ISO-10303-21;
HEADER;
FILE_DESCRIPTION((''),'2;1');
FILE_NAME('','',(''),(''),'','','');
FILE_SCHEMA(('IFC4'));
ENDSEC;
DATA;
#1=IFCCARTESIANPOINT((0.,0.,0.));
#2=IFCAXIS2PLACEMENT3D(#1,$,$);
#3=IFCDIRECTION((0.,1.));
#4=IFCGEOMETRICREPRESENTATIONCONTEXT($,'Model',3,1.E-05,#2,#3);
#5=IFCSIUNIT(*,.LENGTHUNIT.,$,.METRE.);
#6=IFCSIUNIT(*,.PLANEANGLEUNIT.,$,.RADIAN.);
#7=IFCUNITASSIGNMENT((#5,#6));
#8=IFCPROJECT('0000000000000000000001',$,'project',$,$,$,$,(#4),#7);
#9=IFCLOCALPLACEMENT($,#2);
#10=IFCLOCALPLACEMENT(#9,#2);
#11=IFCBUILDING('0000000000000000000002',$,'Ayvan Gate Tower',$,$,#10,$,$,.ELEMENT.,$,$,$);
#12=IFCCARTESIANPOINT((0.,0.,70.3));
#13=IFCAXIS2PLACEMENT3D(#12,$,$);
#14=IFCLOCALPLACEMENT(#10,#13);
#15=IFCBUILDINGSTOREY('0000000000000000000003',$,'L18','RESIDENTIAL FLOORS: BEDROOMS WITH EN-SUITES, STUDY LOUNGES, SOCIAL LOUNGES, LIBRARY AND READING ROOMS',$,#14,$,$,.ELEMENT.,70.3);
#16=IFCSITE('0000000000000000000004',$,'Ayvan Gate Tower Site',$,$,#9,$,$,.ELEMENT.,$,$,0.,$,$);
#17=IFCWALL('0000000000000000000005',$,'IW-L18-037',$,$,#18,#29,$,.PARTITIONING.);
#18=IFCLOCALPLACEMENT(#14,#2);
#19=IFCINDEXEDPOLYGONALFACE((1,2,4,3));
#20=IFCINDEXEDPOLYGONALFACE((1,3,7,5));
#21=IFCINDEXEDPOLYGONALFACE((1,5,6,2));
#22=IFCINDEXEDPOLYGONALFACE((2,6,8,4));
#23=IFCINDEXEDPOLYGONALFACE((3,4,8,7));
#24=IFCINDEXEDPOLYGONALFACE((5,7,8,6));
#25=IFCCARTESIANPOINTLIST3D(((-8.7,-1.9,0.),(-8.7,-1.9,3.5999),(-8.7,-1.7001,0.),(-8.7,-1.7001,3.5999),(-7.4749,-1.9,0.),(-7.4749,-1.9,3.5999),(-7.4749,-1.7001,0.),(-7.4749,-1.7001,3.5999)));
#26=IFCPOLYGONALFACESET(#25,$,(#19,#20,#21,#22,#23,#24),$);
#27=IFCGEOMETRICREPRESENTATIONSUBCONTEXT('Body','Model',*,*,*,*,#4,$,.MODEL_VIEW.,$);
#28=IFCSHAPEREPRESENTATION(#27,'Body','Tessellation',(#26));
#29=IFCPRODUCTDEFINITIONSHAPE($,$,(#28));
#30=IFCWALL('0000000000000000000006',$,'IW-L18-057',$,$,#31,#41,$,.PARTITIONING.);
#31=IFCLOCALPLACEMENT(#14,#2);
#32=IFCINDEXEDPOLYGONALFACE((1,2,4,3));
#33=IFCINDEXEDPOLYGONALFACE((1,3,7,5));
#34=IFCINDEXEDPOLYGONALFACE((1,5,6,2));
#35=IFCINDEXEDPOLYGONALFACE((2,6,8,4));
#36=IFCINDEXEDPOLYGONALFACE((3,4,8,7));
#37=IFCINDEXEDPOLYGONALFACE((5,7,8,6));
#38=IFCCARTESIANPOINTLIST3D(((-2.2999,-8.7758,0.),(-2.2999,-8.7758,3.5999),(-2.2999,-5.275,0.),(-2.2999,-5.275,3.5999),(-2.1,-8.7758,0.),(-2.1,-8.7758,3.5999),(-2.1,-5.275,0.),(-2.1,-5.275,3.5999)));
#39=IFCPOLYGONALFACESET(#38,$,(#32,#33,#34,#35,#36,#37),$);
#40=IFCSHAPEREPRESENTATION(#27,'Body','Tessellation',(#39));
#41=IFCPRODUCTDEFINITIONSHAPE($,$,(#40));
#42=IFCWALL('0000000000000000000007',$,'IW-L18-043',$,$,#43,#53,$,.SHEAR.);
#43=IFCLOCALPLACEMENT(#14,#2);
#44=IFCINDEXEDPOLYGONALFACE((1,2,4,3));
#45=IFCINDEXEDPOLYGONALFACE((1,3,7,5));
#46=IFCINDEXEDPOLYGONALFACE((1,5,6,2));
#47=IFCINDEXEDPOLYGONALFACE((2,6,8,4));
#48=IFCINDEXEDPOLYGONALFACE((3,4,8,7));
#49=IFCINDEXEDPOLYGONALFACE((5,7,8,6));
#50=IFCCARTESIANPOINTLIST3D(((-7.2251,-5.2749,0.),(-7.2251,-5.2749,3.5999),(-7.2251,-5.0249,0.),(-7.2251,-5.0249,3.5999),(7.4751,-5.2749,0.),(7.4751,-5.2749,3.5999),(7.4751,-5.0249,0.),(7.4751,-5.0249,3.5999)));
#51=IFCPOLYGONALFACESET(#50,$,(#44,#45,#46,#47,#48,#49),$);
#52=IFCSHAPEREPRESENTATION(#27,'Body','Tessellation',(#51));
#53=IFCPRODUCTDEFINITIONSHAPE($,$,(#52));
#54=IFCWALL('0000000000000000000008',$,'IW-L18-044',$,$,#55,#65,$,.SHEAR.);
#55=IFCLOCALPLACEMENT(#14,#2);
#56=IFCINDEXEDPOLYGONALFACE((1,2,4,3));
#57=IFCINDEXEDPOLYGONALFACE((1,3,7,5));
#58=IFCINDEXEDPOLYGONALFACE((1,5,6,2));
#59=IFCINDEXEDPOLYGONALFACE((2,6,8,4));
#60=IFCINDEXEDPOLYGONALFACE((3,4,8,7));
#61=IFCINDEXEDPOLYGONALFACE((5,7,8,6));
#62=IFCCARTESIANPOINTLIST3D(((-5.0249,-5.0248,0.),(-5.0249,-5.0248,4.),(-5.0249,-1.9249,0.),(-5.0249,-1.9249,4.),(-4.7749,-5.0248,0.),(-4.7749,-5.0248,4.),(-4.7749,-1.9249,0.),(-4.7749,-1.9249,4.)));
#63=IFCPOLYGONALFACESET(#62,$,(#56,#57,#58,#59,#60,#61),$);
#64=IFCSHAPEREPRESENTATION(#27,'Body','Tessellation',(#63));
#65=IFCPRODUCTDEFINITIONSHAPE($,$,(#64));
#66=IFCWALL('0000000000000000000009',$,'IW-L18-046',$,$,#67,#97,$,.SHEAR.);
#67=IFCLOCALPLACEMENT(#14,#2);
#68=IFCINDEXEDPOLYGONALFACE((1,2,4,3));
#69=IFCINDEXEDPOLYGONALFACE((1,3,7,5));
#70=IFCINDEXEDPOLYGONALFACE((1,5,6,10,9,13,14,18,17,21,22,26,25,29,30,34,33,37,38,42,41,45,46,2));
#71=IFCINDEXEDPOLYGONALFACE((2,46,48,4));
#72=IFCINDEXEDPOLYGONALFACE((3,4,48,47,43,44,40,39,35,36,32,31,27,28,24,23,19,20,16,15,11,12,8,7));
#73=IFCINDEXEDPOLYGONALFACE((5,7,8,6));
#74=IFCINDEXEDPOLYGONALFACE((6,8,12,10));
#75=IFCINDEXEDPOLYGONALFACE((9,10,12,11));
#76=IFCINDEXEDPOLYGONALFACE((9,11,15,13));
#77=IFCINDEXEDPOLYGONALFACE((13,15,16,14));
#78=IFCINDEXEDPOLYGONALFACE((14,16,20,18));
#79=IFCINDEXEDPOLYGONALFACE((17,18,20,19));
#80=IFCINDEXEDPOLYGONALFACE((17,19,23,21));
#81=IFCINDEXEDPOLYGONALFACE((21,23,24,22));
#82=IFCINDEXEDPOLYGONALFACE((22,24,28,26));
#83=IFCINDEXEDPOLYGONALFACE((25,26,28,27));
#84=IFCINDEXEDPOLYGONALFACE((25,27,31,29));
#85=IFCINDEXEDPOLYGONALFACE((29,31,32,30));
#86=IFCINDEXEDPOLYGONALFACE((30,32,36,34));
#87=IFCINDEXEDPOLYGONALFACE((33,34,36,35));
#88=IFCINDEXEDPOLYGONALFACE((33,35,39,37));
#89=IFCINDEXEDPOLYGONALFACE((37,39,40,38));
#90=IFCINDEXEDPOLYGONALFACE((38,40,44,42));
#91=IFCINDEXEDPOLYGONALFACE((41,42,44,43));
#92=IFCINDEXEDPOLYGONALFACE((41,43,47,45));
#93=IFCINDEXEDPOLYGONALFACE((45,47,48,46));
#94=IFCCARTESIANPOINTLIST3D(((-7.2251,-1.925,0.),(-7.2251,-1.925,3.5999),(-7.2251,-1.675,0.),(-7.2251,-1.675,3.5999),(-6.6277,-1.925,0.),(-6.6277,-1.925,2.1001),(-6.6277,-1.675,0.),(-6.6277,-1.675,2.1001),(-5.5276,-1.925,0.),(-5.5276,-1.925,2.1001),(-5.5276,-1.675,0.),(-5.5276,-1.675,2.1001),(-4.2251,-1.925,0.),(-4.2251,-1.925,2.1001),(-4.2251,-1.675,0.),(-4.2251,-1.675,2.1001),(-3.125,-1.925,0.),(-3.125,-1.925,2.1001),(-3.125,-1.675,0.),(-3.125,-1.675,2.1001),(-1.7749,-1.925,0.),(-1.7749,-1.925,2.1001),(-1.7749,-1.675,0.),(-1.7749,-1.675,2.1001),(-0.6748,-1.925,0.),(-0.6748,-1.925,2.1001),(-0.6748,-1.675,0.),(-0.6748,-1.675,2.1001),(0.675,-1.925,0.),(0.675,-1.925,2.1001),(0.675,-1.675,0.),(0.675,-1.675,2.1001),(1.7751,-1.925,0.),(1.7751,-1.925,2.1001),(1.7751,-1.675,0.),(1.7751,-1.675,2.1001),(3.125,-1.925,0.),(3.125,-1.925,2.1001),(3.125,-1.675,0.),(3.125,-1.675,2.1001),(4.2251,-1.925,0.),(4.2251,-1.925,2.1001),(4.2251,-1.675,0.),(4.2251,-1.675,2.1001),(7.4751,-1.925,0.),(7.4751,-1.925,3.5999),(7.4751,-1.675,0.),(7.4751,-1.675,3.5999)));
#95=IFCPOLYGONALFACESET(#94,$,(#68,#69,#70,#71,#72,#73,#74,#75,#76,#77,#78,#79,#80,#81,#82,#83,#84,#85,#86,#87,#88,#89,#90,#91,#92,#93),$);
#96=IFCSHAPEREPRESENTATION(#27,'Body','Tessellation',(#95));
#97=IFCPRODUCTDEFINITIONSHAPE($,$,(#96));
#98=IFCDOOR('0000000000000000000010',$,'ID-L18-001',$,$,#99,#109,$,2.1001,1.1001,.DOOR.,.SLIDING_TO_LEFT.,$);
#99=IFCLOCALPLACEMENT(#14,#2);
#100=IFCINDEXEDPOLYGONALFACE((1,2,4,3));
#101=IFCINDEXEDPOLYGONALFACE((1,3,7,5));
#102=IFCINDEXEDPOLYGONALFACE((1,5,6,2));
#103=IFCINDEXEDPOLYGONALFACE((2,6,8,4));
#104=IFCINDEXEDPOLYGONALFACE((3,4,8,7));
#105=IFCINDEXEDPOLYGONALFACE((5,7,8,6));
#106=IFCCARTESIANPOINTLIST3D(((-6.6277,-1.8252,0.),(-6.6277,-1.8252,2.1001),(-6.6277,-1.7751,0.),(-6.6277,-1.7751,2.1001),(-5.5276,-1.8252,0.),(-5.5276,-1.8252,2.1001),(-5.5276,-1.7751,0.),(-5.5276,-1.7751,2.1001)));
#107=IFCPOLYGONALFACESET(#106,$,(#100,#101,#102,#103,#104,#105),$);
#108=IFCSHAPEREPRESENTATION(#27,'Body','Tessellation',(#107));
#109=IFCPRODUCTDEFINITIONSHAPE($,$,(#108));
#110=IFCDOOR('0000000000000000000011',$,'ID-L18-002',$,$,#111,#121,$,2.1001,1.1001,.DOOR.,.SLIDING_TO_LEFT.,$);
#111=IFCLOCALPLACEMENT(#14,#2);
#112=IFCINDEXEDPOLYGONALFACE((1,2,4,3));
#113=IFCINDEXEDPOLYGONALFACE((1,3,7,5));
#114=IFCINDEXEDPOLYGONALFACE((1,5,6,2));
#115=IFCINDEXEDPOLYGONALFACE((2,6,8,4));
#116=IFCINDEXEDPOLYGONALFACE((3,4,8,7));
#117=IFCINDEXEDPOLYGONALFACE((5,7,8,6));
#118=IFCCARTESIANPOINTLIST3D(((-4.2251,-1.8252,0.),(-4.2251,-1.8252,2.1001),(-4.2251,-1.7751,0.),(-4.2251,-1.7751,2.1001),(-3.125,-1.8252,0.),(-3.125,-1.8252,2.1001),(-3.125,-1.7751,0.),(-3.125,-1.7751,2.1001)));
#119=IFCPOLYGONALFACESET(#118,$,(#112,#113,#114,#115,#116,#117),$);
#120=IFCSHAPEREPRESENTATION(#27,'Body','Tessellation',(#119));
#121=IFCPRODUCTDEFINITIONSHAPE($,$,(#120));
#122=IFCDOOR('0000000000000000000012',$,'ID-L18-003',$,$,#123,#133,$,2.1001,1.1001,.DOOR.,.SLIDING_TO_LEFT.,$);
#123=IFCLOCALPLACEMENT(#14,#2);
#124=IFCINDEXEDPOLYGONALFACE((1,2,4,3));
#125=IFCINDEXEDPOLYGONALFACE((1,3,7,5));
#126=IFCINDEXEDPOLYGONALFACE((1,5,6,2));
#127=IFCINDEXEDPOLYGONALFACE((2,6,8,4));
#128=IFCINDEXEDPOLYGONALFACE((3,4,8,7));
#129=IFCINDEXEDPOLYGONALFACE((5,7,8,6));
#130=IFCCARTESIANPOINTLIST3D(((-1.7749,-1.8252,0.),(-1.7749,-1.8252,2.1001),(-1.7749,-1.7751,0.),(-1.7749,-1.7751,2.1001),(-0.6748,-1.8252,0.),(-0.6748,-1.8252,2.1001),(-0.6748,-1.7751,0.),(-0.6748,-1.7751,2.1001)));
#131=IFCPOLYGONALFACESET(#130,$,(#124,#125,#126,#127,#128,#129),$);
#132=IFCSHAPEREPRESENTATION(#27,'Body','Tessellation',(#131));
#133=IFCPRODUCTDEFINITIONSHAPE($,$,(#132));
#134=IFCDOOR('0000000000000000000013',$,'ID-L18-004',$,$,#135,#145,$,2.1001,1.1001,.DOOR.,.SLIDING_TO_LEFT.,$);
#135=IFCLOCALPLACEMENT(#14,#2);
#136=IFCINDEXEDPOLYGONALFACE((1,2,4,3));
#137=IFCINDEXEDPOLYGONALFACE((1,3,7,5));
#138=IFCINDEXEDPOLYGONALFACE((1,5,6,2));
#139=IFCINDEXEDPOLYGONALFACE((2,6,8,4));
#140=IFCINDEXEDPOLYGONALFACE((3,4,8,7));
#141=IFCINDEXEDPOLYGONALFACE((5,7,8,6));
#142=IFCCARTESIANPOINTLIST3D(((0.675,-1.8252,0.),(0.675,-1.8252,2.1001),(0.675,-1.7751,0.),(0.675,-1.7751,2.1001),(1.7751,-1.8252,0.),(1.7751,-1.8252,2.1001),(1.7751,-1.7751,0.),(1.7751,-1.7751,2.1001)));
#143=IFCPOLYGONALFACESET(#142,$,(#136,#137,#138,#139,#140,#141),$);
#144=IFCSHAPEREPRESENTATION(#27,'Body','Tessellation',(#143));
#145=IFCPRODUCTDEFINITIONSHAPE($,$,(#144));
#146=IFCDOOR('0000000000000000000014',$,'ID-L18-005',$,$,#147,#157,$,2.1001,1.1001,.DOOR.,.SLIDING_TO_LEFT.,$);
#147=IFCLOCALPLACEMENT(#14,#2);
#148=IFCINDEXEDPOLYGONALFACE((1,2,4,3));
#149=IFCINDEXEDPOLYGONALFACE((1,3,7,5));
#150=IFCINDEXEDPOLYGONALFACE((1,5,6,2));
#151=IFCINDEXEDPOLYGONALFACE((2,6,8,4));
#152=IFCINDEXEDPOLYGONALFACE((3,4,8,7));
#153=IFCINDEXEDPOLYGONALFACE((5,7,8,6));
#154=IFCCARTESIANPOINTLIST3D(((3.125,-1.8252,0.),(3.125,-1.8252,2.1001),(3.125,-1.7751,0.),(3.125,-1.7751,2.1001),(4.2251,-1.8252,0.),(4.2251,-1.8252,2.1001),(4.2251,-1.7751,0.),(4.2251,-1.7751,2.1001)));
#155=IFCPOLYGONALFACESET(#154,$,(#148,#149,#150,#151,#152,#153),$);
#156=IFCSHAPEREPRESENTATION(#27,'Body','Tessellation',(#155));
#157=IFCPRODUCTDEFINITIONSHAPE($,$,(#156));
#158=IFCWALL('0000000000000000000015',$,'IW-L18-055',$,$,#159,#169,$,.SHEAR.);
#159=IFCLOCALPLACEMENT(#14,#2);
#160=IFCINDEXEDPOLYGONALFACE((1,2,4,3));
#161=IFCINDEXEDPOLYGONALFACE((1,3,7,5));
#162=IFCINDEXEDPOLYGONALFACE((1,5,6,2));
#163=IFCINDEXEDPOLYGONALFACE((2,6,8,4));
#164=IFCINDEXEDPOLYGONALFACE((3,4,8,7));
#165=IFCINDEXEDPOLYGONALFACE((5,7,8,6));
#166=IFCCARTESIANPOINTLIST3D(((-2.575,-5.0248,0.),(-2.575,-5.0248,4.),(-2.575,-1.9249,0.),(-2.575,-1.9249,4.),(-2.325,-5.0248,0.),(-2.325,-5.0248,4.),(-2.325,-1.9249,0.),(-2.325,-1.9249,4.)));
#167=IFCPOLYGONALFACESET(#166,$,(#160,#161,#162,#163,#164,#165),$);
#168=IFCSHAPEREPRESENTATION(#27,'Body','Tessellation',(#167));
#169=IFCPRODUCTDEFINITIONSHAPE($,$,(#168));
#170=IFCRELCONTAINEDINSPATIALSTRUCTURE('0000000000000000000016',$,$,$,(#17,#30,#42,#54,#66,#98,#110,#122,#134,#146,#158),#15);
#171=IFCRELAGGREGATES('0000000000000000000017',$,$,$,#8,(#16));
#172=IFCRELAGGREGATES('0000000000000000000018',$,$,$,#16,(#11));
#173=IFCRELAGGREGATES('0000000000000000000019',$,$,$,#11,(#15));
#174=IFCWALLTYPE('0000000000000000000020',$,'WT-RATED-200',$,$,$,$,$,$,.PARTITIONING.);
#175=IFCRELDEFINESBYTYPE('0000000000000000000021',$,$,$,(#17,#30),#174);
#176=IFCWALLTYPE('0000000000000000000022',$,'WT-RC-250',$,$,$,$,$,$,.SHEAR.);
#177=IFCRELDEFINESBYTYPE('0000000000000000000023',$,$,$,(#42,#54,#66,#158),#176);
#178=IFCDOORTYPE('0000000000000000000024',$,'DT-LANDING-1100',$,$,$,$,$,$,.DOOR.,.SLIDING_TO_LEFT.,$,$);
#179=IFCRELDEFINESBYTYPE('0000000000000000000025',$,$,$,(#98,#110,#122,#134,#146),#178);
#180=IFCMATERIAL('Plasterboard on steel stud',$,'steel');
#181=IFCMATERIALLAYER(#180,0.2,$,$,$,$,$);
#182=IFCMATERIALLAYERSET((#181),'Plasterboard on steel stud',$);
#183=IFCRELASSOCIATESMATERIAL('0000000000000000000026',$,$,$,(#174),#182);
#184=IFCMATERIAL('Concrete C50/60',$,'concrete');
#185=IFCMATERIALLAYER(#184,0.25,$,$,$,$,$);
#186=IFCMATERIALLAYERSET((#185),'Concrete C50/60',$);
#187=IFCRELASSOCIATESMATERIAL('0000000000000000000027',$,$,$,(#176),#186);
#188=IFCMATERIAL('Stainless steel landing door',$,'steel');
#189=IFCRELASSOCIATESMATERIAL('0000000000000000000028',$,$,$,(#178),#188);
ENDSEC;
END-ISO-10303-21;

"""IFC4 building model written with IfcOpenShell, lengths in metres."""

from ifc_helpers import new_model, si_unit, direction, frame, frame_2d, origin, place, context, subcontext, project, spatial, rectangle, extrude, material, layer, layer_set, type_object, element, fill, save


model = new_model("IFC4")

# Units and contexts
model_context = context("Model", 3, precision=1e-05, world=origin(), true_north=direction((0.0, 1.0)))
body_context = subcontext(model_context, "Body", "Model", "MODEL_VIEW")
ifc_project = project(units=[si_unit("LENGTHUNIT", "METRE"), si_unit("PLANEANGLEUNIT", "RADIAN")], contexts=[model_context])

# Site, building, storey
site_placement = place(None, origin())
site = spatial("IfcSite", under=ifc_project, at=site_placement, Name="Ayvan Gate Tower Site", CompositionType="ELEMENT", RefElevation=0.0)
building_placement = place(site_placement, origin())
building = spatial("IfcBuilding", under=site, at=building_placement, Name="Ayvan Gate Tower", CompositionType="ELEMENT")
storey_placement = place(building_placement, frame((0.0, 0.0, 70.3)))
storey = spatial("IfcBuildingStorey", under=building, at=storey_placement, Name="L18", Description="RESIDENTIAL FLOORS: BEDROOMS WITH EN-SUITES, STUDY LOUNGES, SOCIAL LOUNGES, LIBRARY AND READING ROOMS", CompositionType="ELEMENT", Elevation=70.3)

# Walls
ifc_material_1 = material(Name="Plasterboard on steel stud", Category="steel")
ifc_layer_1 = layer(ifc_material_1, 0.2)
ifc_layer_set_1 = layer_set([ifc_layer_1], Name="Plasterboard on steel stud")
wall_type_1 = type_object("IfcWallType", Name="WT-RATED-200", PredefinedType="PARTITIONING", material=ifc_layer_set_1)
wall_1_placement = place(storey_placement, frame((-7.4749, -1.8, 0.0), z_axis=(0.0, 0.0, 1.0), x_axis=(-1.0, 0.0, 0.0)))
element("IfcWall", 1, at=wall_1_placement, inside=storey, type_object=wall_type_1, Name="IW-L18-037", PredefinedType="PARTITIONING", context=body_context, shape_type="SweptSolid", body=[
    extrude(rectangle(XDim=1.2251, YDim=0.2, at=frame_2d((0.6125, 0.0))), origin(), (0.0, 0.0, 1.0), 3.5999),
])
wall_2_placement = place(storey_placement, frame((-2.2, -5.2749, 0.0), z_axis=(0.0, 0.0, 1.0), x_axis=(0.0, -1.0, 0.0)))
element("IfcWall", 2, at=wall_2_placement, inside=storey, type_object=wall_type_1, Name="IW-L18-057", PredefinedType="PARTITIONING", context=body_context, shape_type="SweptSolid", body=[
    extrude(rectangle(XDim=3.5007, YDim=0.2, at=frame_2d((1.7505, 0.0))), origin(), (0.0, 0.0, 1.0), 3.5999),
])
ifc_material_2 = material(Name="Concrete C50/60", Category="concrete")
ifc_layer_2 = layer(ifc_material_2, 0.25)
ifc_layer_set_2 = layer_set([ifc_layer_2], Name="Concrete C50/60")
wall_type_2 = type_object("IfcWallType", Name="WT-RC-250", PredefinedType="SHEAR", material=ifc_layer_set_2)
wall_3_placement = place(storey_placement, frame((-7.2251, -5.1499, 0.0), z_axis=(0.0, 0.0, 1.0), x_axis=(1.0, 0.0, 0.0)))
element("IfcWall", 3, at=wall_3_placement, inside=storey, type_object=wall_type_2, Name="IW-L18-043", PredefinedType="SHEAR", context=body_context, shape_type="SweptSolid", body=[
    extrude(rectangle(XDim=14.7002, YDim=0.25, at=frame_2d((7.3501, 0.0))), origin(), (0.0, 0.0, 1.0), 3.5999),
])
wall_4_placement = place(storey_placement, frame((-4.8999, -1.925, 0.0), z_axis=(0.0, 0.0, 1.0), x_axis=(0.0, -1.0, 0.0)))
element("IfcWall", 4, at=wall_4_placement, inside=storey, type_object=wall_type_2, Name="IW-L18-044", PredefinedType="SHEAR", context=body_context, shape_type="SweptSolid", body=[
    extrude(rectangle(XDim=3.0999, YDim=0.25, at=frame_2d((1.5498, 0.0))), origin(), (0.0, 0.0, 1.0), 4.0),
])

# Wall, openings, doors
wall_5_placement = place(storey_placement, frame((-7.2251, -1.8, 0.0), z_axis=(0.0, 0.0, 1.0), x_axis=(1.0, 0.0, 0.0)))
wall_5 = element("IfcWall", 5, at=wall_5_placement, inside=storey, type_object=wall_type_2, Name="IW-L18-046", PredefinedType="SHEAR", context=body_context, shape_type="SweptSolid", body=[
    extrude(rectangle(XDim=14.7002, YDim=0.25, at=frame_2d((7.3501, 0.0))), origin(), (0.0, 0.0, 1.0), 3.5999),
])
opening_1_placement = place(wall_5_placement, frame((0.5974, 0.0, 0.0)))
opening_1 = element("IfcOpeningElement", 6, at=opening_1_placement, cuts=wall_5, PredefinedType="OPENING", context=body_context, shape_type="SweptSolid", body=[
    extrude(rectangle(XDim=1.1001, YDim=2.1001, at=frame_2d((0.55, 1.05))), frame((0.0, 0.135, 0.0), z_axis=(0.0, -1.0, 0.0), x_axis=(1.0, 0.0, 0.0)), (0.0, 0.0, 1.0), 0.27),
])
opening_2_placement = place(wall_5_placement, frame((3.0, 0.0, 0.0)))
opening_2 = element("IfcOpeningElement", 7, at=opening_2_placement, cuts=wall_5, PredefinedType="OPENING", context=body_context, shape_type="SweptSolid", body=[
    extrude(rectangle(XDim=1.1001, YDim=2.1001, at=frame_2d((0.55, 1.05))), frame((0.0, 0.135, 0.0), z_axis=(0.0, -1.0, 0.0), x_axis=(1.0, 0.0, 0.0)), (0.0, 0.0, 1.0), 0.27),
])
opening_3_placement = place(wall_5_placement, frame((5.4502, 0.0, 0.0)))
opening_3 = element("IfcOpeningElement", 8, at=opening_3_placement, cuts=wall_5, PredefinedType="OPENING", context=body_context, shape_type="SweptSolid", body=[
    extrude(rectangle(XDim=1.1001, YDim=2.1001, at=frame_2d((0.55, 1.05))), frame((0.0, 0.135, 0.0), z_axis=(0.0, -1.0, 0.0), x_axis=(1.0, 0.0, 0.0)), (0.0, 0.0, 1.0), 0.27),
])
opening_4_placement = place(wall_5_placement, frame((7.9001, 0.0, 0.0)))
opening_4 = element("IfcOpeningElement", 9, at=opening_4_placement, cuts=wall_5, PredefinedType="OPENING", context=body_context, shape_type="SweptSolid", body=[
    extrude(rectangle(XDim=1.1001, YDim=2.1001, at=frame_2d((0.55, 1.05))), frame((0.0, 0.135, 0.0), z_axis=(0.0, -1.0, 0.0), x_axis=(1.0, 0.0, 0.0)), (0.0, 0.0, 1.0), 0.27),
])
opening_5_placement = place(wall_5_placement, frame((10.3501, 0.0, 0.0)))
opening_5 = element("IfcOpeningElement", 10, at=opening_5_placement, cuts=wall_5, PredefinedType="OPENING", context=body_context, shape_type="SweptSolid", body=[
    extrude(rectangle(XDim=1.1001, YDim=2.1001, at=frame_2d((0.55, 1.05))), frame((0.0, 0.135, 0.0), z_axis=(0.0, -1.0, 0.0), x_axis=(1.0, 0.0, 0.0)), (0.0, 0.0, 1.0), 0.27),
])
ifc_material_3 = material(Name="Stainless steel landing door", Category="steel")
door_type_1 = type_object("IfcDoorType", Name="DT-LANDING-1100", OperationType="SLIDING_TO_LEFT", PredefinedType="DOOR", material=ifc_material_3)
door_1_placement = place(opening_1_placement, origin())
door_1 = element("IfcDoor", 11, at=door_1_placement, inside=storey, type_object=door_type_1, Name="ID-L18-001", OperationType="SLIDING_TO_LEFT", OverallHeight=2.1001, OverallWidth=1.1001, PredefinedType="DOOR", context=body_context, shape_type="SweptSolid", body=[
    extrude(rectangle(XDim=1.1001, YDim=2.1001, at=frame_2d((0.55, 1.05))), frame((0.0, 0.0249, 0.0), z_axis=(0.0, -1.0, 0.0), x_axis=(1.0, 0.0, 0.0)), (0.0, 0.0, 1.0), 0.05),
])
fill(opening_1, door_1)
door_2_placement = place(opening_2_placement, origin())
door_2 = element("IfcDoor", 12, at=door_2_placement, inside=storey, type_object=door_type_1, Name="ID-L18-002", OperationType="SLIDING_TO_LEFT", OverallHeight=2.1001, OverallWidth=1.1001, PredefinedType="DOOR", context=body_context, shape_type="SweptSolid", body=[
    extrude(rectangle(XDim=1.1001, YDim=2.1001, at=frame_2d((0.55, 1.05))), frame((0.0, 0.0249, 0.0), z_axis=(0.0, -1.0, 0.0), x_axis=(1.0, 0.0, 0.0)), (0.0, 0.0, 1.0), 0.05),
])
fill(opening_2, door_2)
door_3_placement = place(opening_3_placement, origin())
door_3 = element("IfcDoor", 13, at=door_3_placement, inside=storey, type_object=door_type_1, Name="ID-L18-003", OperationType="SLIDING_TO_LEFT", OverallHeight=2.1001, OverallWidth=1.1001, PredefinedType="DOOR", context=body_context, shape_type="SweptSolid", body=[
    extrude(rectangle(XDim=1.1001, YDim=2.1001, at=frame_2d((0.55, 1.05))), frame((0.0, 0.0249, 0.0), z_axis=(0.0, -1.0, 0.0), x_axis=(1.0, 0.0, 0.0)), (0.0, 0.0, 1.0), 0.05),
])
fill(opening_3, door_3)
door_4_placement = place(opening_4_placement, origin())
door_4 = element("IfcDoor", 14, at=door_4_placement, inside=storey, type_object=door_type_1, Name="ID-L18-004", OperationType="SLIDING_TO_LEFT", OverallHeight=2.1001, OverallWidth=1.1001, PredefinedType="DOOR", context=body_context, shape_type="SweptSolid", body=[
    extrude(rectangle(XDim=1.1001, YDim=2.1001, at=frame_2d((0.55, 1.05))), frame((0.0, 0.0249, 0.0), z_axis=(0.0, -1.0, 0.0), x_axis=(1.0, 0.0, 0.0)), (0.0, 0.0, 1.0), 0.05),
])
fill(opening_4, door_4)
door_5_placement = place(opening_5_placement, origin())
door_5 = element("IfcDoor", 15, at=door_5_placement, inside=storey, type_object=door_type_1, Name="ID-L18-005", OperationType="SLIDING_TO_LEFT", OverallHeight=2.1001, OverallWidth=1.1001, PredefinedType="DOOR", context=body_context, shape_type="SweptSolid", body=[
    extrude(rectangle(XDim=1.1001, YDim=2.1001, at=frame_2d((0.55, 1.05))), frame((0.0, 0.0249, 0.0), z_axis=(0.0, -1.0, 0.0), x_axis=(1.0, 0.0, 0.0)), (0.0, 0.0, 1.0), 0.05),
])
fill(opening_5, door_5)

# Wall
for number, where, z_axis, x_axis, name in (
    (16, (-2.45, -1.925, 0.0), (0.0, 0.0, 1.0), (0.0, -1.0, 0.0), "IW-L18-055"),
):
    element("IfcWall", number, at=place(storey_placement, frame(where, z_axis=z_axis, x_axis=x_axis)), inside=storey, type_object=wall_type_2, Name=name, PredefinedType="SHEAR", context=body_context, shape_type="SweptSolid", body=[
        extrude(rectangle(XDim=3.0999, YDim=0.25, at=frame_2d((1.5498, 0.0))), origin(), (0.0, 0.0, 1.0), 4.0),
    ])

save(model, "model.ifc")
